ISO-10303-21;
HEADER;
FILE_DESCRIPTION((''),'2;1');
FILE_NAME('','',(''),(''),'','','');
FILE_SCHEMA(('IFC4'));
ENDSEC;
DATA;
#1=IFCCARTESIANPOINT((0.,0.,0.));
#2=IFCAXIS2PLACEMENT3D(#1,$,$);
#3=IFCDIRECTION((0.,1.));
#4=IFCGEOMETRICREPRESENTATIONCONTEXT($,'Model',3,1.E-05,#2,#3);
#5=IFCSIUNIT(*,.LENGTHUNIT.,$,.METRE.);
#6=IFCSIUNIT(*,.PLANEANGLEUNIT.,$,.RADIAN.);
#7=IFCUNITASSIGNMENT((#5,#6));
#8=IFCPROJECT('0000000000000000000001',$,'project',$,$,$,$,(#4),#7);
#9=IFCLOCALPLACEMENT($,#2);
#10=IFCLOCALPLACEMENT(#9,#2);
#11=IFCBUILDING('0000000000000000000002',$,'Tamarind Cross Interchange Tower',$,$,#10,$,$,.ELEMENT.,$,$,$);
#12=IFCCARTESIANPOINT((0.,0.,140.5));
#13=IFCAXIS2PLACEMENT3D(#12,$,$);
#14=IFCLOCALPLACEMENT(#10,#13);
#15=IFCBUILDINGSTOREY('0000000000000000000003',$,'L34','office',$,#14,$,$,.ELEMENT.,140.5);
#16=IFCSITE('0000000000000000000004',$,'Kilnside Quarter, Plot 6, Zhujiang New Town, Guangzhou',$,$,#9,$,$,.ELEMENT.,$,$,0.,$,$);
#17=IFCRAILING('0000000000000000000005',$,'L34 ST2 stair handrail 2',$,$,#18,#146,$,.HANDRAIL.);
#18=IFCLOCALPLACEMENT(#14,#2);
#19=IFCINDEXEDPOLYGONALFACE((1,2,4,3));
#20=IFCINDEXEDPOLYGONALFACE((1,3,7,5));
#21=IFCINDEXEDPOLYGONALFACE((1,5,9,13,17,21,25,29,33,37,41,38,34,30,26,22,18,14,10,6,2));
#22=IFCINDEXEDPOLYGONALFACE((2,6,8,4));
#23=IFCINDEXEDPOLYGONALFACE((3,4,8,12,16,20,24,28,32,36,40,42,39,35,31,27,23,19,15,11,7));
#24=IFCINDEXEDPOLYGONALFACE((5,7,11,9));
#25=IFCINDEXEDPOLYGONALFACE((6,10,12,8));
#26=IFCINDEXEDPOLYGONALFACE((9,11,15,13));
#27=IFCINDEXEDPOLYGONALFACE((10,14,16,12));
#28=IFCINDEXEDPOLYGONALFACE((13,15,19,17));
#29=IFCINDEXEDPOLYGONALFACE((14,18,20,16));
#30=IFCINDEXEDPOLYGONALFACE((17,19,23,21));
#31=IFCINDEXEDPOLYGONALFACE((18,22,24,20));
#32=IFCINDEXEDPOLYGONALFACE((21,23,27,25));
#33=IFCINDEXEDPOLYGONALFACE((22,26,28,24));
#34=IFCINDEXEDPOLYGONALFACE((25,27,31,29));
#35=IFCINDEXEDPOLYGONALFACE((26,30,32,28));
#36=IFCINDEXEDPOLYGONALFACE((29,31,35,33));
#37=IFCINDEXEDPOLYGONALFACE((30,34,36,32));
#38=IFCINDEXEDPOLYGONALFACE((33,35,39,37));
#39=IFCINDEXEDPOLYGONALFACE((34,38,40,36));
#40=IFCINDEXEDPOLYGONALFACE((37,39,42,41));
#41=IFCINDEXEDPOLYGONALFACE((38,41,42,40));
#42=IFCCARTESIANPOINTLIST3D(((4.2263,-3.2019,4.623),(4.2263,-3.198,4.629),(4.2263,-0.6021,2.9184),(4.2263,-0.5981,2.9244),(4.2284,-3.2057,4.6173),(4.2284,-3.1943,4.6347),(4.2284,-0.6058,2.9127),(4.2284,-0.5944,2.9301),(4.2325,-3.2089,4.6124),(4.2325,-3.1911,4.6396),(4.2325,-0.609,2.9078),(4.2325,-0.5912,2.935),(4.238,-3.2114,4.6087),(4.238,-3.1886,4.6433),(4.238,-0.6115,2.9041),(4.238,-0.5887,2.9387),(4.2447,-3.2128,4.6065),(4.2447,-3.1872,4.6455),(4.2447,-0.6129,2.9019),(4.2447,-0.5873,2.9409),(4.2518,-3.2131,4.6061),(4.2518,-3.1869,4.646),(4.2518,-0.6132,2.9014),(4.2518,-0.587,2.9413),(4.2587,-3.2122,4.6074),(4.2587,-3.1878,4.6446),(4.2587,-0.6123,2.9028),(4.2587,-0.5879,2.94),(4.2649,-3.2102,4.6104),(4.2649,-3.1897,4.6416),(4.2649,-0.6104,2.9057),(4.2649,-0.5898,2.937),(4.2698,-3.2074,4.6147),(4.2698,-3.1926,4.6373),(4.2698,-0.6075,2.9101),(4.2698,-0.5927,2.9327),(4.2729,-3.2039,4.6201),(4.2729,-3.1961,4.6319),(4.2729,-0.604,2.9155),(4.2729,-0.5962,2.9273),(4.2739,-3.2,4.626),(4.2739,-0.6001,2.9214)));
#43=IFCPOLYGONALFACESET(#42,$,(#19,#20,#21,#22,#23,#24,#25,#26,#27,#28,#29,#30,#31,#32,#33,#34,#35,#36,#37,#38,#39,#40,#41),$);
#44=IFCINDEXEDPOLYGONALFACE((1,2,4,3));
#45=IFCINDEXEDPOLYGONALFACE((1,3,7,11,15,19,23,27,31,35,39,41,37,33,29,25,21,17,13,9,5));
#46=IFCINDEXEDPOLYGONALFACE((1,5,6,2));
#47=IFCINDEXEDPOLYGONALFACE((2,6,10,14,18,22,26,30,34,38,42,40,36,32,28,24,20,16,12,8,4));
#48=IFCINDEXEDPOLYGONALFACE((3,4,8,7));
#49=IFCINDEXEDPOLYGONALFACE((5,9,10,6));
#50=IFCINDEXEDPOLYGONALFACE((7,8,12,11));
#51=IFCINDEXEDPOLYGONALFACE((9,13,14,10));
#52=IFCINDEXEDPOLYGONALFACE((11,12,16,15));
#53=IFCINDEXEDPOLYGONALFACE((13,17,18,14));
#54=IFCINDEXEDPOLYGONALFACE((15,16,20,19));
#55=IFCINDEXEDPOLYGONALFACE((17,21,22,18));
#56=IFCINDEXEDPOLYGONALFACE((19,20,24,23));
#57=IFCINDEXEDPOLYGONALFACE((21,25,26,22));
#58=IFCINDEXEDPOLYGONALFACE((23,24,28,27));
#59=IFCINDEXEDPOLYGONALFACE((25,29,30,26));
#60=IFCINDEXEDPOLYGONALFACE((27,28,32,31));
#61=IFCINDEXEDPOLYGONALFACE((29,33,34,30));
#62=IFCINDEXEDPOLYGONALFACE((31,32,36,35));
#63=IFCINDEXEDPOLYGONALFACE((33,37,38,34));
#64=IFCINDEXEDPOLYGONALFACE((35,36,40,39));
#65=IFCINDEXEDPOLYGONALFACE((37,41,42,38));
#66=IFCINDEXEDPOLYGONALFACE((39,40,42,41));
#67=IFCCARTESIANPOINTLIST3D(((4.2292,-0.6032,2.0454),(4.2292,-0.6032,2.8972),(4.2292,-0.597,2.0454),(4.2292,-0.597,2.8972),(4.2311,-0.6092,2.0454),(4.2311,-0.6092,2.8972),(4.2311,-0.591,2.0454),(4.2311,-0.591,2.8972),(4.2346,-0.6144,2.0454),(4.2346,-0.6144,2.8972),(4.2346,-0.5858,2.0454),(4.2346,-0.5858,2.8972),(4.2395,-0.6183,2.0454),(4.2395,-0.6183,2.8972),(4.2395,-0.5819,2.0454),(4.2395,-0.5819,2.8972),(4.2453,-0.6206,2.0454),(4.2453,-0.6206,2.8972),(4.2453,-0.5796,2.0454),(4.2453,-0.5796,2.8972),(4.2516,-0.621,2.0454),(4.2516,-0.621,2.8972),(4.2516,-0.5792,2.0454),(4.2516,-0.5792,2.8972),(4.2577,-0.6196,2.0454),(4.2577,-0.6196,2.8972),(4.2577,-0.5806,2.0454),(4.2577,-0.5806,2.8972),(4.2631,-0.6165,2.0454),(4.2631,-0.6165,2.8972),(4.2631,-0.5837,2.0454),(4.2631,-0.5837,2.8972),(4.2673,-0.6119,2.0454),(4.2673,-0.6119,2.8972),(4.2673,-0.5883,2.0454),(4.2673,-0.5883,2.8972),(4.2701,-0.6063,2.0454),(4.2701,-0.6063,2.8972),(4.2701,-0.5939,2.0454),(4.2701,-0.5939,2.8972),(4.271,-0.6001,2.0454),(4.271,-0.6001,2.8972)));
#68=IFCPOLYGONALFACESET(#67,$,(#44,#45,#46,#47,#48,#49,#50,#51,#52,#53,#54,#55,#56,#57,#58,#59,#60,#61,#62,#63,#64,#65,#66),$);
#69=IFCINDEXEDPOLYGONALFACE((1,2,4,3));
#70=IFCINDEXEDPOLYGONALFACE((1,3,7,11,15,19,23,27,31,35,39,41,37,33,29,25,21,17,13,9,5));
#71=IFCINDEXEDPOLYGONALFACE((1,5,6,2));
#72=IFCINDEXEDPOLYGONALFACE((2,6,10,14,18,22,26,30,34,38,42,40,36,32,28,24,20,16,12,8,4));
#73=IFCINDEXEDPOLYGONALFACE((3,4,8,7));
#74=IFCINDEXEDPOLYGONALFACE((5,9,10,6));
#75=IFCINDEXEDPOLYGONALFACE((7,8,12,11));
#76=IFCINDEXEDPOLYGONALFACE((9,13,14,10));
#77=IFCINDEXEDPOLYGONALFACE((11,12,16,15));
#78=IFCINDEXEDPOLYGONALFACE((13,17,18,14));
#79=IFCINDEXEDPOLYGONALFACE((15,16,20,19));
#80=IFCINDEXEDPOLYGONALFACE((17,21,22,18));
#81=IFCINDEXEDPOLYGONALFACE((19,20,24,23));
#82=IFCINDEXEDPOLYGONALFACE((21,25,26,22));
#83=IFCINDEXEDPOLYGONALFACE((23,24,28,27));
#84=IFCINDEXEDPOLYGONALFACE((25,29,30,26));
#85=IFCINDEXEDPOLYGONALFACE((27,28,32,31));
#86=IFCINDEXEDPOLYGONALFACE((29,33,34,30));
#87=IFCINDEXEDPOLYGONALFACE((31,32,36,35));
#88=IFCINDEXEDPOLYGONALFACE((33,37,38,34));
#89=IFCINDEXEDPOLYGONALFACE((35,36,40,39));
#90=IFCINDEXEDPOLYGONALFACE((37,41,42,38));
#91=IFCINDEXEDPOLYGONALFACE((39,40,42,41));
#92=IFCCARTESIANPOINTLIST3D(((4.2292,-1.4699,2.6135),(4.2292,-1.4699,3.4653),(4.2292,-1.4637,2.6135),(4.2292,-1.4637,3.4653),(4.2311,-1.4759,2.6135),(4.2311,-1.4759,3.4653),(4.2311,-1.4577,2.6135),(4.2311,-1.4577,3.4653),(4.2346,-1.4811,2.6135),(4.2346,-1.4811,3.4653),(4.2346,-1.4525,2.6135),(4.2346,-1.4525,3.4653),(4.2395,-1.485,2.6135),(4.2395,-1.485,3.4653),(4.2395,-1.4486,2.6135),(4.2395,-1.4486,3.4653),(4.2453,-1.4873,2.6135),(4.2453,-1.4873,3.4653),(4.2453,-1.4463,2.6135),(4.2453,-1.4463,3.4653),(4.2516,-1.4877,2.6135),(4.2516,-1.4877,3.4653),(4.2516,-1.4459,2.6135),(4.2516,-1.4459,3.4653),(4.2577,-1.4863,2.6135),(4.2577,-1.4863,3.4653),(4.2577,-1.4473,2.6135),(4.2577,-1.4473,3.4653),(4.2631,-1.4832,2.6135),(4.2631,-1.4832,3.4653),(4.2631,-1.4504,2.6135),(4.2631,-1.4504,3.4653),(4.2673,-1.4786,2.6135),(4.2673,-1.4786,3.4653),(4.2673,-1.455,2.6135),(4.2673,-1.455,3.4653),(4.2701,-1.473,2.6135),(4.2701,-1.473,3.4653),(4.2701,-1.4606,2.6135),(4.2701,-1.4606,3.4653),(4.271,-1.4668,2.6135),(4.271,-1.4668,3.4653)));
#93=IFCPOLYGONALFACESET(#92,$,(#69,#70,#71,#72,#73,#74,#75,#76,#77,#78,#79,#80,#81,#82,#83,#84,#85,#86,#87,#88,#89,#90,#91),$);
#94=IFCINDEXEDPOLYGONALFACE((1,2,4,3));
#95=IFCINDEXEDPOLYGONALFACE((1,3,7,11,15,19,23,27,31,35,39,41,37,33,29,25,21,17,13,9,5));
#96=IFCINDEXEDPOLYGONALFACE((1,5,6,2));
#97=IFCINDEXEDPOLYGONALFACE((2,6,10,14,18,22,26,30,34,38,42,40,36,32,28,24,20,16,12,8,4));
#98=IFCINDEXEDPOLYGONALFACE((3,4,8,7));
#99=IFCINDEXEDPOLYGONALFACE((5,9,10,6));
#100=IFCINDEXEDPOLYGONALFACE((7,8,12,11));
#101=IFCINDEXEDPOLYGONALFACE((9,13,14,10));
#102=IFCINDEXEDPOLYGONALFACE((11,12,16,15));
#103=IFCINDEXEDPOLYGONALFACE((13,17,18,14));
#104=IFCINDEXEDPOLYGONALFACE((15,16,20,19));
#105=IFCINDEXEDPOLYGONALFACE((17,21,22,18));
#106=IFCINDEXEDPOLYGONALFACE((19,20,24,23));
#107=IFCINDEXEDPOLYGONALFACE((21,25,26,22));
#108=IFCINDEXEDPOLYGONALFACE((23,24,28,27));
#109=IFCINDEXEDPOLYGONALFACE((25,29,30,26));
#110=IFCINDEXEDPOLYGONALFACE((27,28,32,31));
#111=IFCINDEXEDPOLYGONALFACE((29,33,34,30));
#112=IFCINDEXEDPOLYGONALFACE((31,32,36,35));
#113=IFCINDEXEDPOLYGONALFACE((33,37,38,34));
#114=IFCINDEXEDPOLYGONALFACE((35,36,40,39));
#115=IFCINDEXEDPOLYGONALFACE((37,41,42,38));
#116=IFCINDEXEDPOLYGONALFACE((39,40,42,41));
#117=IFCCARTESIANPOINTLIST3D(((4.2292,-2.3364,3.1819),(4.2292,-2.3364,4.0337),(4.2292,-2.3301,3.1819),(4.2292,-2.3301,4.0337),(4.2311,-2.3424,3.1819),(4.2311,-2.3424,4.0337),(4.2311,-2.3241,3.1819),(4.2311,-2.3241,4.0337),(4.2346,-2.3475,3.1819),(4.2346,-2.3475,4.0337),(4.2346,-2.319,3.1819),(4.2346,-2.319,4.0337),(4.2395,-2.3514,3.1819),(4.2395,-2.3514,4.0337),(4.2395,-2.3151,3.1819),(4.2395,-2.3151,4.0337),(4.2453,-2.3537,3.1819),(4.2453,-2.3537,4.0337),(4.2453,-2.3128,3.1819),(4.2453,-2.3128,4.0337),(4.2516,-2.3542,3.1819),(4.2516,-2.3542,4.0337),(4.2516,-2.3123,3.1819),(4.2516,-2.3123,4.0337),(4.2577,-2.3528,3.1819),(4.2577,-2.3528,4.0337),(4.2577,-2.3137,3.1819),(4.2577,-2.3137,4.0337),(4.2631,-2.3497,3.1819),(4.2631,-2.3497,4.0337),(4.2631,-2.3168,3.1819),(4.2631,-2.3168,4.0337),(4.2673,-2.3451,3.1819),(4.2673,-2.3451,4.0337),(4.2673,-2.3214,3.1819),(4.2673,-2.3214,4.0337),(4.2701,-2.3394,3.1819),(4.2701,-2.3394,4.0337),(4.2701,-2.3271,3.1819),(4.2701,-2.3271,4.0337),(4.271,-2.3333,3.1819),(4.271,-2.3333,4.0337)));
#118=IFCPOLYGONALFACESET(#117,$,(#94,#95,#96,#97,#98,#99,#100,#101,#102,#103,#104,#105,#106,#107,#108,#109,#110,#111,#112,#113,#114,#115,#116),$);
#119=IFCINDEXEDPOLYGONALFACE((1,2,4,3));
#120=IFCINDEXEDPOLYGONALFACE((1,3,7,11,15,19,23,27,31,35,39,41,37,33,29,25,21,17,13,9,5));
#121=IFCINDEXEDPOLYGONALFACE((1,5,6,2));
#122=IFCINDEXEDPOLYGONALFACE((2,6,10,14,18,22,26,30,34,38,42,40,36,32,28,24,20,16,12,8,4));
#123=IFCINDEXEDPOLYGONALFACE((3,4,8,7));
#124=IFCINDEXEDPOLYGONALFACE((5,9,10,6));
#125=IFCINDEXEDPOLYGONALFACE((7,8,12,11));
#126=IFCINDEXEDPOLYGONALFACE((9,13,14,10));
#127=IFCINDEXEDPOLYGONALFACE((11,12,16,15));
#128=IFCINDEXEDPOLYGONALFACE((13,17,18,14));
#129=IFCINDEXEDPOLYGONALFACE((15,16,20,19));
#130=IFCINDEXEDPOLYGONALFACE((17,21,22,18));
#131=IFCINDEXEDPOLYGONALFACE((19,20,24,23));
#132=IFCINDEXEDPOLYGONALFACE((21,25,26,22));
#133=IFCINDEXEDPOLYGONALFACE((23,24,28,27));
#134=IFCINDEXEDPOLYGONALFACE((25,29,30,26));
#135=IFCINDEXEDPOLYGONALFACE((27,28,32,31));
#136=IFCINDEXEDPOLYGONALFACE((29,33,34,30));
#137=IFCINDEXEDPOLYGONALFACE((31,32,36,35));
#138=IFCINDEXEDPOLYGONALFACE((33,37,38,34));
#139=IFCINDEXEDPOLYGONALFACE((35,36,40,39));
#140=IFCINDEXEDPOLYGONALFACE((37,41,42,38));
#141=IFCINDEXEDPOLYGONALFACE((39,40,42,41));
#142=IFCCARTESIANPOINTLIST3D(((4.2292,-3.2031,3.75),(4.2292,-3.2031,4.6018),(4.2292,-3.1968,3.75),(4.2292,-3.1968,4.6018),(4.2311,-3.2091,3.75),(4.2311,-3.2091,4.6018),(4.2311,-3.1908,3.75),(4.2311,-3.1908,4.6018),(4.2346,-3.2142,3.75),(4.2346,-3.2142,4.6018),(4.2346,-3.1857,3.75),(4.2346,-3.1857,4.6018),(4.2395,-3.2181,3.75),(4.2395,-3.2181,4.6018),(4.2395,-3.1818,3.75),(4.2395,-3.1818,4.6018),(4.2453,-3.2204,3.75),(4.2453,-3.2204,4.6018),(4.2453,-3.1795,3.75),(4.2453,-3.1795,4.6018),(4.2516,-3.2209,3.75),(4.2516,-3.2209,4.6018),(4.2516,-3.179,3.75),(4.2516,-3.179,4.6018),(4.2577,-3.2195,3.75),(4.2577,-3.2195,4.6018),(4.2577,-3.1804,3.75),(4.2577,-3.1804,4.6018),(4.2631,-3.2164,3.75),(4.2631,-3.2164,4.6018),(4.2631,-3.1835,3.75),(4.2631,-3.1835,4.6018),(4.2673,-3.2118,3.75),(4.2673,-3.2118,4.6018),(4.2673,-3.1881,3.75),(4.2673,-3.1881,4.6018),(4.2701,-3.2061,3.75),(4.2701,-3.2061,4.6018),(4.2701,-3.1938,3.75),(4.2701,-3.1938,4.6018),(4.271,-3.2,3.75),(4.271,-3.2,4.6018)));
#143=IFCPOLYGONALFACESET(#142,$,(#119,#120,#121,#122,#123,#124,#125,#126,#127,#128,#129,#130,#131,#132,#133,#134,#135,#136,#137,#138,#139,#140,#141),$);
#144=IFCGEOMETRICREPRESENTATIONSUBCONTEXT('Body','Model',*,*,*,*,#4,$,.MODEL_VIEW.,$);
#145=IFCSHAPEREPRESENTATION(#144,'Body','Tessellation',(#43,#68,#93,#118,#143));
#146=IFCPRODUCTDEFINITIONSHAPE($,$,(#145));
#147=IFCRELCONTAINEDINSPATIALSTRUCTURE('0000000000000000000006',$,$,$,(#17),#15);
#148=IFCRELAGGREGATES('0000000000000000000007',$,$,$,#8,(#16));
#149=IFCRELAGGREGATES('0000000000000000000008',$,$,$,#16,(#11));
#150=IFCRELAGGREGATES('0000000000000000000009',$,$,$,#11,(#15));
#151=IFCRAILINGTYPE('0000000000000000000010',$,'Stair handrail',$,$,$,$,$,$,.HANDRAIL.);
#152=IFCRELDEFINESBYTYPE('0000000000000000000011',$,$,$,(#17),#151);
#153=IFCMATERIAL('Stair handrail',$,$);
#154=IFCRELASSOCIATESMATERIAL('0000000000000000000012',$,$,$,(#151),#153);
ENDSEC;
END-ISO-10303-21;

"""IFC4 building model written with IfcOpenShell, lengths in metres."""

from ifc_helpers import new_model, si_unit, direction, frame, origin, origin_2d, place, context, subcontext, project, spatial, circle, extrude, material, type_object, element, save


model = new_model("IFC4")

# Units and contexts
model_context = context("Model", 3, precision=1e-05, world=origin(), true_north=direction((0.0, 1.0)))
body_context = subcontext(model_context, "Body", "Model", "MODEL_VIEW")
ifc_project = project(units=[si_unit("LENGTHUNIT", "METRE"), si_unit("PLANEANGLEUNIT", "RADIAN")], contexts=[model_context])

# Site, building, storey
site_placement = place(None, origin())
site = spatial("IfcSite", under=ifc_project, at=site_placement, Name="Kilnside Quarter, Plot 6, Zhujiang New Town, Guangzhou", CompositionType="ELEMENT", RefElevation=0.0)
building_placement = place(site_placement, origin())
building = spatial("IfcBuilding", under=site, at=building_placement, Name="Tamarind Cross Interchange Tower", CompositionType="ELEMENT")
storey_placement = place(building_placement, frame((0.0, 0.0, 140.5)))
storey = spatial("IfcBuildingStorey", under=building, at=storey_placement, Name="L34", Description="office", CompositionType="ELEMENT", Elevation=140.5)

# Railing
ifc_material_1 = material(Name="Stair handrail")
railing_type_1 = type_object("IfcRailingType", Name="Stair handrail", PredefinedType="HANDRAIL", material=ifc_material_1)
railing_1_placement = place(storey_placement, frame((4.25, -0.6001, 2.0454)))
element("IfcRailing", 1, at=railing_1_placement, inside=storey, type_object=railing_type_1, Name="L34 ST2 stair handrail 2", PredefinedType="HANDRAIL", context=body_context, shape_type="SweptSolid", body=[
    extrude(circle(Radius=0.0239, at=origin_2d()), frame((0.0, 0.0, 0.876), z_axis=(0.0, -0.836279, 0.548305), x_axis=(1.0, 0.0, 0.0)), (0.0, 0.0, 1.0), 3.1089),
    extrude(circle(Radius=0.021, at=origin_2d()), origin(), (0.0, 0.0, 1.0), 0.8518),
    extrude(circle(Radius=0.021, at=origin_2d()), frame((0.0, -0.8667, 0.5681)), (0.0, 0.0, 1.0), 0.8518),
    extrude(circle(Radius=0.021, at=origin_2d()), frame((0.0, -1.7332, 1.1365)), (0.0, 0.0, 1.0), 0.8518),
    extrude(circle(Radius=0.021, at=origin_2d()), frame((0.0, -2.5999, 1.7046)), (0.0, 0.0, 1.0), 0.8518),
])

save(model, "model.ifc")
